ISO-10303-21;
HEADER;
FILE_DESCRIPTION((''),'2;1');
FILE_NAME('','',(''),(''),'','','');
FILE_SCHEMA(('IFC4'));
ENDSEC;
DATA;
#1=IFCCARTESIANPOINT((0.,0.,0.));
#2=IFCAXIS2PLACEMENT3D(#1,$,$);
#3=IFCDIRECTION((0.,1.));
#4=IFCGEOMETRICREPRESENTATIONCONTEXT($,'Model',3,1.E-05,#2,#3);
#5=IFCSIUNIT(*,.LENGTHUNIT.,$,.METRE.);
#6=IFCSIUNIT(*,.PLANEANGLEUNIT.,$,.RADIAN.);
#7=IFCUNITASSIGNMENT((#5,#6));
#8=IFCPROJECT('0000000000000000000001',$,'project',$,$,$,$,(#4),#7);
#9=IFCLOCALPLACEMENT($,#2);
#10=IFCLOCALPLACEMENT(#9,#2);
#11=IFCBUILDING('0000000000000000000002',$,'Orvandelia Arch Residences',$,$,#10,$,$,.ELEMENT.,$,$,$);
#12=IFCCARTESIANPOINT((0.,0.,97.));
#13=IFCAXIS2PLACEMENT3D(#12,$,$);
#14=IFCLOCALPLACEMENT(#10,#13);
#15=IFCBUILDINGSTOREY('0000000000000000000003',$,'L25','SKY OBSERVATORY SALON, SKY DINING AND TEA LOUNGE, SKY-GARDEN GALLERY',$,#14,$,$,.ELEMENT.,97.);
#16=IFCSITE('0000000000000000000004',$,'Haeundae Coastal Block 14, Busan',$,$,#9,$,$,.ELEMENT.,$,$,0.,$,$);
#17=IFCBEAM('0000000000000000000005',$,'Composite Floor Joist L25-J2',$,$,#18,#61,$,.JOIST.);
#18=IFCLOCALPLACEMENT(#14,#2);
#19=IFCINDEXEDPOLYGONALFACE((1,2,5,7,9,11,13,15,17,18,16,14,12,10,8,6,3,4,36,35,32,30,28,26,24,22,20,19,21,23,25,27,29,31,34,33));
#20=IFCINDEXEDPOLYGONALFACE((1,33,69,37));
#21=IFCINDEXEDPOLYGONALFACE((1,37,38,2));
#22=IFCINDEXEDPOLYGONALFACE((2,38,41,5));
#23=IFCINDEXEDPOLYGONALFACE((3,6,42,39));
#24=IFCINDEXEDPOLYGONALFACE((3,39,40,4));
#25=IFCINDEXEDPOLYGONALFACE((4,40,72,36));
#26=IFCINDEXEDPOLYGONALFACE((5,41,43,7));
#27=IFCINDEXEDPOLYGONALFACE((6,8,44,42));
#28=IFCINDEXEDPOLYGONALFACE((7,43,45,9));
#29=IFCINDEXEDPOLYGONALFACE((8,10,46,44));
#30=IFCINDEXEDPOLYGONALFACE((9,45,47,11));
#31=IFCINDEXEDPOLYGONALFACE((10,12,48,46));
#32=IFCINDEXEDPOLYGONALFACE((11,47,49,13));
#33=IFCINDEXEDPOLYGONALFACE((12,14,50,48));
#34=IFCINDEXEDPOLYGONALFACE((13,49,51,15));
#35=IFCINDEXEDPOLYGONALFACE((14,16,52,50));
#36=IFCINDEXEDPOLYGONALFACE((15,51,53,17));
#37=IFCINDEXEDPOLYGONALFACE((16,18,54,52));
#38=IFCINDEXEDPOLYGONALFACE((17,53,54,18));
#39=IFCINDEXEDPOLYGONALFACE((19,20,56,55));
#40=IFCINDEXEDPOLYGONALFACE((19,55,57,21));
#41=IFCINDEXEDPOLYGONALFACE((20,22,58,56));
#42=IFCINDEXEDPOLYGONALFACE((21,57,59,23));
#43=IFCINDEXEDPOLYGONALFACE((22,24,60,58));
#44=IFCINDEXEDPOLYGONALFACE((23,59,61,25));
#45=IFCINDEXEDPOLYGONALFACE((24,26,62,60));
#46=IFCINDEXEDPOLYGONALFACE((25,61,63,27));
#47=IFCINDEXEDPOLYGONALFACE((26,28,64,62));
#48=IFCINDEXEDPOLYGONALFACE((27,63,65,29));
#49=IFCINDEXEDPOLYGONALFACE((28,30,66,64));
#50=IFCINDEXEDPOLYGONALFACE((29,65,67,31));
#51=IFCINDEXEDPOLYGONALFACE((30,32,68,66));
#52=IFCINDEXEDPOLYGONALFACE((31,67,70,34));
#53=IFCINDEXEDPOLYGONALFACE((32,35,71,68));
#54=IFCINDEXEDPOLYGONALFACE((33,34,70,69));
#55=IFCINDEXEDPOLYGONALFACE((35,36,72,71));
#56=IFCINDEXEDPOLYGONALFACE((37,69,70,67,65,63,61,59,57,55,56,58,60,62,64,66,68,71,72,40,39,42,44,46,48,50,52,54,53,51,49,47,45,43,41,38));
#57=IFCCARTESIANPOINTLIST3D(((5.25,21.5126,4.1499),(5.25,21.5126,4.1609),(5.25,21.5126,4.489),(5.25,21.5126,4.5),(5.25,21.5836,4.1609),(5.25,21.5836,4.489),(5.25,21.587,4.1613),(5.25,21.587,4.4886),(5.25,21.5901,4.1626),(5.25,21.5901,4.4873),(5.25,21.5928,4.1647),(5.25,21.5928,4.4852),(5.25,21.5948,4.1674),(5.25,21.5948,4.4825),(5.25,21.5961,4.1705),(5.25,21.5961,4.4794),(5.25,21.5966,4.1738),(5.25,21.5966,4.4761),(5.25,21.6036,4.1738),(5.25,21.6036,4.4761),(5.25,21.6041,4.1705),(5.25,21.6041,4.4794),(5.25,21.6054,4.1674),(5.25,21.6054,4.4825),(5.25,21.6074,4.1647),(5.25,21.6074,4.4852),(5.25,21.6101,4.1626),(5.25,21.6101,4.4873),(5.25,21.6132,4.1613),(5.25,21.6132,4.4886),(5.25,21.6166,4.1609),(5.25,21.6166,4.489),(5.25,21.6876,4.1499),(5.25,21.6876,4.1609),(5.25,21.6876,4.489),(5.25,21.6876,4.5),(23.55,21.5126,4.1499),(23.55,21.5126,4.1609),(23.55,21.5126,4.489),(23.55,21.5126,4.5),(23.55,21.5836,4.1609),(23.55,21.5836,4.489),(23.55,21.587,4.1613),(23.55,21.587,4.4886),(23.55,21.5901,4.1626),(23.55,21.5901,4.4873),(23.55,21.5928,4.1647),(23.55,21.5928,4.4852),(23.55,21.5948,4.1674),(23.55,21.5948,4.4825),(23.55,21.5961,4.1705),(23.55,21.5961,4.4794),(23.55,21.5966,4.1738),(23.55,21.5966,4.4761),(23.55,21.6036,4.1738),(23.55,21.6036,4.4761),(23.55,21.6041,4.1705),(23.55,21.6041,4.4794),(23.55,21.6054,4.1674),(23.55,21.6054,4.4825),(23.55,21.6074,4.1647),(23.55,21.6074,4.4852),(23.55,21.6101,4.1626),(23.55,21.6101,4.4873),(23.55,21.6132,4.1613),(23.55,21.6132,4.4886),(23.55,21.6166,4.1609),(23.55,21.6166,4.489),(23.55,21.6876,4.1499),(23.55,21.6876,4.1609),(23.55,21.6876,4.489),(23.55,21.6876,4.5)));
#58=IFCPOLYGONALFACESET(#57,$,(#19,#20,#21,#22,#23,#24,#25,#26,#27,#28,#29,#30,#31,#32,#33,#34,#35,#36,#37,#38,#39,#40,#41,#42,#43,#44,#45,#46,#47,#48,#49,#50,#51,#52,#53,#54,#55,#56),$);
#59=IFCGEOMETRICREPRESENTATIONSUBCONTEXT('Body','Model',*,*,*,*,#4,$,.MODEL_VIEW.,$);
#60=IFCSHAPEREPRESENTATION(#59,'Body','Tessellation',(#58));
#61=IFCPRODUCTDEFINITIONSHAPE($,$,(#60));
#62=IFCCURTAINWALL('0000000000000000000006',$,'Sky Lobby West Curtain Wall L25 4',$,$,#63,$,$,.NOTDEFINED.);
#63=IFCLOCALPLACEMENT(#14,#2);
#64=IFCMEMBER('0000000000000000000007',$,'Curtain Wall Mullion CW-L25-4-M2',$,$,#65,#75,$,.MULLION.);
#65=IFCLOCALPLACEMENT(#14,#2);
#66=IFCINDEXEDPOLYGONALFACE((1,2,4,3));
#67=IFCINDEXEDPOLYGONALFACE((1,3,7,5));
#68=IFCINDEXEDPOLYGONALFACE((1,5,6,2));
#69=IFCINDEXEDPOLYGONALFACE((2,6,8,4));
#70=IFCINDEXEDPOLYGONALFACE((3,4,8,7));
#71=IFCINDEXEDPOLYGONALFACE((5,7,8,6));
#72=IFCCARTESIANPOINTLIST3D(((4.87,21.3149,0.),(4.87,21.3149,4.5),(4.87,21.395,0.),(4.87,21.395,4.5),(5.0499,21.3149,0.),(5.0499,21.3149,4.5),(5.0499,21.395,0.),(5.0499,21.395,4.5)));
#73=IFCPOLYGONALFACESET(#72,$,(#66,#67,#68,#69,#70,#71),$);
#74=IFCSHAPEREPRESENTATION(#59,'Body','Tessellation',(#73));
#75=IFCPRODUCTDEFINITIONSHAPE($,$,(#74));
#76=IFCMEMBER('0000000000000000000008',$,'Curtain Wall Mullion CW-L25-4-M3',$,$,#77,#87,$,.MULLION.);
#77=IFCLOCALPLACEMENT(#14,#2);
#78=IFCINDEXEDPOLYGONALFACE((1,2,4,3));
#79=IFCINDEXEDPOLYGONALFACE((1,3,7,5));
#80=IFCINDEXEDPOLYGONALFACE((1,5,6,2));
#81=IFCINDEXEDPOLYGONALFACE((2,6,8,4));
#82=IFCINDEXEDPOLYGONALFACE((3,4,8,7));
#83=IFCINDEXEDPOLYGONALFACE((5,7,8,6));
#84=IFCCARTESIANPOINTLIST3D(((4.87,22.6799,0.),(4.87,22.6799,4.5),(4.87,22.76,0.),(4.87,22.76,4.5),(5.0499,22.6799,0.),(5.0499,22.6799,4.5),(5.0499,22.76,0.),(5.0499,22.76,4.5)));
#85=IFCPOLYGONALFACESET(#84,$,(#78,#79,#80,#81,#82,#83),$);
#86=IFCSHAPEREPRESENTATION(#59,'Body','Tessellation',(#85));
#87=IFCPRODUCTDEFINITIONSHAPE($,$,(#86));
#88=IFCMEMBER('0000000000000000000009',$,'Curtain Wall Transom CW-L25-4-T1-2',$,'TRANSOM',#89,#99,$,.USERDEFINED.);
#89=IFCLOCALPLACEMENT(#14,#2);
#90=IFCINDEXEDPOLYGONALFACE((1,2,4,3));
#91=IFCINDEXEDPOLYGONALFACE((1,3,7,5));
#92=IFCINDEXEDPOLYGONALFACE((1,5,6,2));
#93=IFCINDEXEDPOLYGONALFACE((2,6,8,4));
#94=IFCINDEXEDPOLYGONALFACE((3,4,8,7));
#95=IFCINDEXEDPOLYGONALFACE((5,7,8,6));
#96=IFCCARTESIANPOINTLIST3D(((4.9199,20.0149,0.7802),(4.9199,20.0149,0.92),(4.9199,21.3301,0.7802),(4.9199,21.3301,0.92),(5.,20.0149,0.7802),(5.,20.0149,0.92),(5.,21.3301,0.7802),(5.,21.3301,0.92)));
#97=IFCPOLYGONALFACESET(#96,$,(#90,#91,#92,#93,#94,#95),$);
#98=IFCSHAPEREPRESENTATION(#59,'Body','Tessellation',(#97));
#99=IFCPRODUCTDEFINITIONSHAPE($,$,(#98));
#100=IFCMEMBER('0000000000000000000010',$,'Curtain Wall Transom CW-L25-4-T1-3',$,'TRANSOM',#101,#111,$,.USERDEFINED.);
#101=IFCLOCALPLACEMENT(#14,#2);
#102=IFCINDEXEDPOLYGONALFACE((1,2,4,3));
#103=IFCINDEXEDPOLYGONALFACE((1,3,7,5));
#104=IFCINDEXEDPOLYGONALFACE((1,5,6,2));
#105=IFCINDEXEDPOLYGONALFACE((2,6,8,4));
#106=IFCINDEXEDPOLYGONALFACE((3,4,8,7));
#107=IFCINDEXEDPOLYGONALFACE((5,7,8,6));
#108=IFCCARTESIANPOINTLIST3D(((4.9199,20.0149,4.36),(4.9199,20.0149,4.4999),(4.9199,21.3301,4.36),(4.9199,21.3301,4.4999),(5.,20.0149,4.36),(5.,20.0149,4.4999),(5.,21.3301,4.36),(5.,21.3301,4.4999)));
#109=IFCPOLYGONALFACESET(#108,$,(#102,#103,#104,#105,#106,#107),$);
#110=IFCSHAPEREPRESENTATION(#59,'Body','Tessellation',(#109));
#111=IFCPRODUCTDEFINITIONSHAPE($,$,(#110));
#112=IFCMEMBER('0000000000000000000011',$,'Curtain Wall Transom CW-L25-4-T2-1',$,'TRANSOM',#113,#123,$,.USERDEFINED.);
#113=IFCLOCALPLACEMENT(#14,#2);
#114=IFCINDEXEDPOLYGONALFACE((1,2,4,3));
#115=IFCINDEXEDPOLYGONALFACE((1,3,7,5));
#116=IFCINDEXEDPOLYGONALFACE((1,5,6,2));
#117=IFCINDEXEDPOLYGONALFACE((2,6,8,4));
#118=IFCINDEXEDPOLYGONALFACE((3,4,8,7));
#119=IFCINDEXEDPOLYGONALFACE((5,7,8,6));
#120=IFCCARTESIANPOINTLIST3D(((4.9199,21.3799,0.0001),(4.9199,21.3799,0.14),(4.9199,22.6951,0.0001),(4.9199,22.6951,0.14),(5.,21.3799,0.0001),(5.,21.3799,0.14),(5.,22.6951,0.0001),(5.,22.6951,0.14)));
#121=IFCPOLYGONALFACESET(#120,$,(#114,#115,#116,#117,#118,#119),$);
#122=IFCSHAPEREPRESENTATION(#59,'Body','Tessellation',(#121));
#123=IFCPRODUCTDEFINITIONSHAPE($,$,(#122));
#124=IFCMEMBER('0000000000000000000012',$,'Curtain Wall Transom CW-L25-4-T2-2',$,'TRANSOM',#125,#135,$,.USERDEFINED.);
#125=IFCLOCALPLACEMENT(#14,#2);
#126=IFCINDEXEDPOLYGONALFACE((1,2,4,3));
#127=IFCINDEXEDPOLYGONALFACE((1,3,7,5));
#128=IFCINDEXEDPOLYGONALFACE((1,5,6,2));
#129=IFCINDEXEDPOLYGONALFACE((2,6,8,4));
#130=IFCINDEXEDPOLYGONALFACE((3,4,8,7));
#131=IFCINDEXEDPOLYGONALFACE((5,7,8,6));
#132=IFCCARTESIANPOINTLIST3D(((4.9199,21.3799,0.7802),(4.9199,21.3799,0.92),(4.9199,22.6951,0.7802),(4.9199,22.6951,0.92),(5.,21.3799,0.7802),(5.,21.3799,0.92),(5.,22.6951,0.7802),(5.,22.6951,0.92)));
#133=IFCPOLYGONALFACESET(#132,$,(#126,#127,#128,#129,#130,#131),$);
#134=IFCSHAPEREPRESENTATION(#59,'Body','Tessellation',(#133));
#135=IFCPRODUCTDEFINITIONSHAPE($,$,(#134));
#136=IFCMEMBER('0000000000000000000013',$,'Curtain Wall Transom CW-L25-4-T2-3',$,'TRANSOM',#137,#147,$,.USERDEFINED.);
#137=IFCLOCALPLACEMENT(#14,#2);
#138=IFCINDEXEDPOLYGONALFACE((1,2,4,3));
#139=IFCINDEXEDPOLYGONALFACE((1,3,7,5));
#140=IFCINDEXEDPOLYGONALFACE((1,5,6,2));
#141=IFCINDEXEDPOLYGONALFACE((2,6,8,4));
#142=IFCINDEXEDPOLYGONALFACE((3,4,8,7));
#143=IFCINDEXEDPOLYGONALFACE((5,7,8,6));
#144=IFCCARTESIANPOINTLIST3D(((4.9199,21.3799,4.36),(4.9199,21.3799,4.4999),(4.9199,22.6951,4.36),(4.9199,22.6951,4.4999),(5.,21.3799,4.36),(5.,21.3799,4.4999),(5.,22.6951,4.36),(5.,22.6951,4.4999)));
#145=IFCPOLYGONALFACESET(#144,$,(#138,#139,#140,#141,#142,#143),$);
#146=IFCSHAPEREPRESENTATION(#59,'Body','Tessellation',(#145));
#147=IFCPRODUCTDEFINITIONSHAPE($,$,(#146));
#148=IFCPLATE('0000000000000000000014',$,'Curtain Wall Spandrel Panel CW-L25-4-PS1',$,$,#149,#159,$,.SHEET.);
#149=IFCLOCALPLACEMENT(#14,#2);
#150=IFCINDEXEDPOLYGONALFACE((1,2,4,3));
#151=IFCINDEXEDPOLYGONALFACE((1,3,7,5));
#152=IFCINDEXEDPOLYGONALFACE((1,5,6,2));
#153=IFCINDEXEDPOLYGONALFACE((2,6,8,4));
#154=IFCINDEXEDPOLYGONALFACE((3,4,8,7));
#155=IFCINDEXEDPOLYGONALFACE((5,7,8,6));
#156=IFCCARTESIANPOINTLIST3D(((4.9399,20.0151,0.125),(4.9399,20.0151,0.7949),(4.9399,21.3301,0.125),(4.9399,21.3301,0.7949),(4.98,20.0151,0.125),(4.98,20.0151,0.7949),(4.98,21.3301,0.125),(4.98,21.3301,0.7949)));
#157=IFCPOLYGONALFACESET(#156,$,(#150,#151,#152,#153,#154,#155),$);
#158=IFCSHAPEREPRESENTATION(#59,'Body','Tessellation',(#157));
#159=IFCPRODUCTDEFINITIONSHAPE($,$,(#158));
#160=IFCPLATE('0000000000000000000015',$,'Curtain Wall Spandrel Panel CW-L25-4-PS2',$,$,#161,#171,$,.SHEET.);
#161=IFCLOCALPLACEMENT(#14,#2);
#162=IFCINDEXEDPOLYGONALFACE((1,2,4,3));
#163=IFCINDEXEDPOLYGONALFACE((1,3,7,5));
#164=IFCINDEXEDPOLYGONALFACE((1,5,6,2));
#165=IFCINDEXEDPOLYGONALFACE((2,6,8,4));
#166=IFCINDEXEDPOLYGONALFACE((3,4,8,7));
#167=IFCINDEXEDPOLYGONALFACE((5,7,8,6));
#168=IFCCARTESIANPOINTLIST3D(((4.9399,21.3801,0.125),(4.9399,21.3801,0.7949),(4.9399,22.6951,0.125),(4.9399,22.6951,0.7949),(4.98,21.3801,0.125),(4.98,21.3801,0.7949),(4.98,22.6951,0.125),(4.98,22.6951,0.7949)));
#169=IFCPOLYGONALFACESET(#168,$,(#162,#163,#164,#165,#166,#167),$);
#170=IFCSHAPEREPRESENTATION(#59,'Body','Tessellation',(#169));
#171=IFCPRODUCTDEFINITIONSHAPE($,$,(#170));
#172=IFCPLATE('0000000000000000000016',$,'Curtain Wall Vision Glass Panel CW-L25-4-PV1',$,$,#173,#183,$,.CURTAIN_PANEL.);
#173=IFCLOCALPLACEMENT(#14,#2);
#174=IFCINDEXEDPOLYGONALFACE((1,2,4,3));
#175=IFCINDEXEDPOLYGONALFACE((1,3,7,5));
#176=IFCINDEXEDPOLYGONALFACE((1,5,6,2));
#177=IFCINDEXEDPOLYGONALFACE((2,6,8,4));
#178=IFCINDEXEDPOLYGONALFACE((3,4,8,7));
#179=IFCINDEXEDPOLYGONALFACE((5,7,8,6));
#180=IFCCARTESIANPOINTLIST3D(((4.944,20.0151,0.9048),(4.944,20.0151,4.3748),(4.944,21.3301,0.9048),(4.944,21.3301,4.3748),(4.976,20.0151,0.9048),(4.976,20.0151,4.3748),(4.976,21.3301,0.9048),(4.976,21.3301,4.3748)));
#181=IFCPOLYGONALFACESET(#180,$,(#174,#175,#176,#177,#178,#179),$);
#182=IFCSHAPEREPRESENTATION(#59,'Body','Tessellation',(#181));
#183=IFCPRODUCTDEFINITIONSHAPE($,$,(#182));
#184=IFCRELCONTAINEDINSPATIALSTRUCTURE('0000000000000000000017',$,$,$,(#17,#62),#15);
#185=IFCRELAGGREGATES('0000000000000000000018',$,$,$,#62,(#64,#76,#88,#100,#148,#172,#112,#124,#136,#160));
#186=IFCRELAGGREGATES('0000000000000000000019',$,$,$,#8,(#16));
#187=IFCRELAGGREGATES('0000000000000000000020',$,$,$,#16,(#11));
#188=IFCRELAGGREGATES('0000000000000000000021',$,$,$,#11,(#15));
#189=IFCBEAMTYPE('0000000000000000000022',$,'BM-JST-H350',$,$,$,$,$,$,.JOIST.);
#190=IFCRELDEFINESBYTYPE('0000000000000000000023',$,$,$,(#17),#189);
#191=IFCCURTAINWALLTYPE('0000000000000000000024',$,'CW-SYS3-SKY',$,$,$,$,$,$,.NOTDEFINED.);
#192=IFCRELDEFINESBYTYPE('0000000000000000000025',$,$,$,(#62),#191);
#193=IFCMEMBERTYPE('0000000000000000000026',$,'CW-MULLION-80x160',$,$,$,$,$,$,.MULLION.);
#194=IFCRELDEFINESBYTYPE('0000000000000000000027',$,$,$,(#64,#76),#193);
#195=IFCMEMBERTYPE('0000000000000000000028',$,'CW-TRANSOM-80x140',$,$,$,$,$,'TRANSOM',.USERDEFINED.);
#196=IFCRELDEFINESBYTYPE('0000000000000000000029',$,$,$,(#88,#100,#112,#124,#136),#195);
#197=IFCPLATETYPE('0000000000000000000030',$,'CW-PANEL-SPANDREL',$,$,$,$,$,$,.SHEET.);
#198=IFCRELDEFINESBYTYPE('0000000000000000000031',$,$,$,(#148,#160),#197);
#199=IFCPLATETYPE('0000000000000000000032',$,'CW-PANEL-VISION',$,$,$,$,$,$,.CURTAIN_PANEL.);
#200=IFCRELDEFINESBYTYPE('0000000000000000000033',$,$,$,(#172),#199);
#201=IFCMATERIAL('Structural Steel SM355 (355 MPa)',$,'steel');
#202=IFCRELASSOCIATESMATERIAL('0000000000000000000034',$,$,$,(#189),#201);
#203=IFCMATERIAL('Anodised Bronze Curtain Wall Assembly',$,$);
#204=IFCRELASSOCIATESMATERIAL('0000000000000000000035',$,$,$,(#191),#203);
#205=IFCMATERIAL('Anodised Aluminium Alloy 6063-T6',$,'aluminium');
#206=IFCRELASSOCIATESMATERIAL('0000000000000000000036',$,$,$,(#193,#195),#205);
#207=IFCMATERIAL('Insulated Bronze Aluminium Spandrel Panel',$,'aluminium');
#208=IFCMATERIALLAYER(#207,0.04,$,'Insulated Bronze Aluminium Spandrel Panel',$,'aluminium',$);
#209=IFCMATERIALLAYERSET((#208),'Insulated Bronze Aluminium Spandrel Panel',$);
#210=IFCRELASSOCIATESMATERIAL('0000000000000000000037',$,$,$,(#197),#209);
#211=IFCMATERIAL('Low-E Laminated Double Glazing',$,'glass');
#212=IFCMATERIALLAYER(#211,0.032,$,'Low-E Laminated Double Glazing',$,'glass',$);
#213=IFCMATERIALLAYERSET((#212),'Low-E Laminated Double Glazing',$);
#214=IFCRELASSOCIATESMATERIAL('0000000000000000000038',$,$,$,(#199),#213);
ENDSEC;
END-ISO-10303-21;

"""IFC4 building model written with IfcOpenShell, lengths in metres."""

from ifc_helpers import new_model, si_unit, direction, frame, origin, origin_2d, place, context, subcontext, project, spatial, rectangle, i_section, extrude, material, layer, layer_set, material_profile, profile_set, type_object, element, aggregate, save


model = new_model("IFC4")

# Units and contexts
model_context = context("Model", 3, precision=1e-05, world=origin(), true_north=direction((0.0, 1.0)))
body_context = subcontext(model_context, "Body", "Model", "MODEL_VIEW")
ifc_project = project(units=[si_unit("LENGTHUNIT", "METRE"), si_unit("PLANEANGLEUNIT", "RADIAN")], contexts=[model_context])

# Site, building, storey
site_placement = place(None, origin())
site = spatial("IfcSite", under=ifc_project, at=site_placement, Name="Haeundae Coastal Block 14, Busan", CompositionType="ELEMENT", RefElevation=0.0)
building_placement = place(site_placement, origin())
building = spatial("IfcBuilding", under=site, at=building_placement, Name="Orvandelia Arch Residences", CompositionType="ELEMENT")
storey_placement = place(building_placement, frame((0.0, 0.0, 97.0)))
storey = spatial("IfcBuildingStorey", under=building, at=storey_placement, Name="L25", Description="SKY OBSERVATORY SALON, SKY DINING AND TEA LOUNGE, SKY-GARDEN GALLERY", CompositionType="ELEMENT", Elevation=97.0)

# Beam
ifc_material_1 = material(Name="Structural Steel SM355 (355 MPa)", Category="steel")
ifc_material_profile_1 = material_profile(ifc_material_1, i_section(OverallWidth=0.175, OverallDepth=0.3501, WebThickness=0.0071, FlangeThickness=0.011, FilletRadius=0.0129, at=origin_2d()), Name="Structural Steel SM355 (355 MPa)", Category="steel")
ifc_profile_set_1 = profile_set([ifc_material_profile_1], Name="Structural Steel SM355 (355 MPa)")
beam_type_1 = type_object("IfcBeamType", Name="BM-JST-H350", PredefinedType="JOIST", material=ifc_profile_set_1)
beam_1_placement = place(storey_placement, frame((5.25, 21.6001, 4.325), z_axis=(1.0, 0.0, 0.0), x_axis=(0.0, 1.0, 0.0)))
element("IfcBeam", 1, at=beam_1_placement, inside=storey, type_object=beam_type_1, Name="Composite Floor Joist L25-J2", PredefinedType="JOIST", context=body_context, shape_type="SweptSolid", body=[
    extrude(i_section(OverallWidth=0.175, OverallDepth=0.3501, WebThickness=0.0071, FlangeThickness=0.011, FilletRadius=0.0129, at=origin_2d()), origin(), (0.0, 0.0, 1.0), 18.3),
])

# Curtain wall, members, plates
ifc_material_2 = material(Name="Anodised Bronze Curtain Wall Assembly")
curtain_wall_type = type_object("IfcCurtainWallType", Name="CW-SYS3-SKY", PredefinedType="NOTDEFINED", material=ifc_material_2)
curtain_wall_placement = place(storey_placement, origin())
curtain_wall = element("IfcCurtainWall", 2, at=curtain_wall_placement, inside=storey, type_object=curtain_wall_type, Name="Sky Lobby West Curtain Wall L25 4", PredefinedType="NOTDEFINED")
ifc_material_3 = material(Name="Anodised Aluminium Alloy 6063-T6", Category="aluminium")
ifc_material_profile_2 = material_profile(ifc_material_3, rectangle(XDim=0.0801, YDim=0.1799, at=origin_2d()), Name="Anodised Aluminium Alloy 6063-T6", Category="aluminium")
ifc_profile_set_2 = profile_set([ifc_material_profile_2], Name="Anodised Aluminium Alloy 6063-T6")
member_type_1 = type_object("IfcMemberType", Name="CW-MULLION-80x160", PredefinedType="MULLION", material=ifc_profile_set_2)
member_1_placement = place(storey_placement, frame((4.96, 21.355, 0.0), z_axis=(0.0, 0.0, 1.0), x_axis=(0.0, 1.0, 0.0)))
member_1 = element("IfcMember", 3, at=member_1_placement, type_object=member_type_1, Name="Curtain Wall Mullion CW-L25-4-M2", PredefinedType="MULLION", context=body_context, shape_type="SweptSolid", body=[
    extrude(rectangle(XDim=0.0801, YDim=0.1799, at=origin_2d()), origin(), (0.0, 0.0, 1.0), 4.5),
])
member_2_placement = place(storey_placement, frame((4.96, 22.72, 0.0), z_axis=(0.0, 0.0, 1.0), x_axis=(0.0, 1.0, 0.0)))
member_2 = element("IfcMember", 4, at=member_2_placement, type_object=member_type_1, Name="Curtain Wall Mullion CW-L25-4-M3", PredefinedType="MULLION", context=body_context, shape_type="SweptSolid", body=[
    extrude(rectangle(XDim=0.0801, YDim=0.1799, at=origin_2d()), origin(), (0.0, 0.0, 1.0), 4.5),
])
ifc_material_profile_3 = material_profile(ifc_material_3, rectangle(XDim=0.0801, YDim=0.1399, at=origin_2d()), Name="Anodised Aluminium Alloy 6063-T6", Category="aluminium")
ifc_profile_set_3 = profile_set([ifc_material_profile_3], Name="Anodised Aluminium Alloy 6063-T6")
member_type_2 = type_object("IfcMemberType", Name="CW-TRANSOM-80x140", ElementType="TRANSOM", PredefinedType="USERDEFINED", material=ifc_profile_set_3)
member_3_placement = place(storey_placement, frame((4.96, 20.0149, 0.8501), z_axis=(0.0, 1.0, 0.0), x_axis=(-1.0, 0.0, 0.0)))
member_3 = element("IfcMember", 5, at=member_3_placement, type_object=member_type_2, Name="Curtain Wall Transom CW-L25-4-T1-2", ObjectType="TRANSOM", PredefinedType="USERDEFINED", context=body_context, shape_type="SweptSolid", body=[
    extrude(rectangle(XDim=0.0801, YDim=0.1399, at=origin_2d()), origin(), (0.0, 0.0, 1.0), 1.3152),
])
member_4_placement = place(storey_placement, frame((4.96, 20.0149, 4.4299), z_axis=(0.0, 1.0, 0.0), x_axis=(-1.0, 0.0, 0.0)))
member_4 = element("IfcMember", 6, at=member_4_placement, type_object=member_type_2, Name="Curtain Wall Transom CW-L25-4-T1-3", ObjectType="TRANSOM", PredefinedType="USERDEFINED", context=body_context, shape_type="SweptSolid", body=[
    extrude(rectangle(XDim=0.0801, YDim=0.1399, at=origin_2d()), origin(), (0.0, 0.0, 1.0), 1.3152),
])
member_5_placement = place(storey_placement, frame((4.96, 21.3799, 0.0701), z_axis=(0.0, 1.0, 0.0), x_axis=(-1.0, 0.0, 0.0)))
member_5 = element("IfcMember", 7, at=member_5_placement, type_object=member_type_2, Name="Curtain Wall Transom CW-L25-4-T2-1", ObjectType="TRANSOM", PredefinedType="USERDEFINED", context=body_context, shape_type="SweptSolid", body=[
    extrude(rectangle(XDim=0.0801, YDim=0.1399, at=origin_2d()), origin(), (0.0, 0.0, 1.0), 1.3152),
])
member_6_placement = place(storey_placement, frame((4.96, 21.3799, 0.8501), z_axis=(0.0, 1.0, 0.0), x_axis=(-1.0, 0.0, 0.0)))
member_6 = element("IfcMember", 8, at=member_6_placement, type_object=member_type_2, Name="Curtain Wall Transom CW-L25-4-T2-2", ObjectType="TRANSOM", PredefinedType="USERDEFINED", context=body_context, shape_type="SweptSolid", body=[
    extrude(rectangle(XDim=0.0801, YDim=0.1399, at=origin_2d()), origin(), (0.0, 0.0, 1.0), 1.3152),
])
member_7_placement = place(storey_placement, frame((4.96, 21.3799, 4.4299), z_axis=(0.0, 1.0, 0.0), x_axis=(-1.0, 0.0, 0.0)))
member_7 = element("IfcMember", 9, at=member_7_placement, type_object=member_type_2, Name="Curtain Wall Transom CW-L25-4-T2-3", ObjectType="TRANSOM", PredefinedType="USERDEFINED", context=body_context, shape_type="SweptSolid", body=[
    extrude(rectangle(XDim=0.0801, YDim=0.1399, at=origin_2d()), origin(), (0.0, 0.0, 1.0), 1.3152),
])
ifc_material_4 = material(Name="Insulated Bronze Aluminium Spandrel Panel", Category="aluminium")
ifc_layer_1 = layer(ifc_material_4, 0.04, Name="Insulated Bronze Aluminium Spandrel Panel", Category="aluminium")
ifc_layer_set_1 = layer_set([ifc_layer_1], Name="Insulated Bronze Aluminium Spandrel Panel")
plate_type_1 = type_object("IfcPlateType", Name="CW-PANEL-SPANDREL", PredefinedType="SHEET", material=ifc_layer_set_1)
plate_1_placement = place(storey_placement, frame((4.96, 20.6726, 0.125), z_axis=(0.0, 0.0, 1.0), x_axis=(0.0, 1.0, 0.0)))
plate_1 = element("IfcPlate", 10, at=plate_1_placement, type_object=plate_type_1, Name="Curtain Wall Spandrel Panel CW-L25-4-PS1", PredefinedType="SHEET", context=body_context, shape_type="SweptSolid", body=[
    extrude(rectangle(XDim=1.3149, YDim=0.04, at=origin_2d()), origin(), (0.0, 0.0, 1.0), 0.6699),
])
plate_2_placement = place(storey_placement, frame((4.96, 22.0376, 0.125), z_axis=(0.0, 0.0, 1.0), x_axis=(0.0, 1.0, 0.0)))
plate_2 = element("IfcPlate", 11, at=plate_2_placement, type_object=plate_type_1, Name="Curtain Wall Spandrel Panel CW-L25-4-PS2", PredefinedType="SHEET", context=body_context, shape_type="SweptSolid", body=[
    extrude(rectangle(XDim=1.3149, YDim=0.04, at=origin_2d()), origin(), (0.0, 0.0, 1.0), 0.6699),
])
ifc_material_5 = material(Name="Low-E Laminated Double Glazing", Category="glass")
ifc_layer_2 = layer(ifc_material_5, 0.032, Name="Low-E Laminated Double Glazing", Category="glass")
ifc_layer_set_2 = layer_set([ifc_layer_2], Name="Low-E Laminated Double Glazing")
plate_type_2 = type_object("IfcPlateType", Name="CW-PANEL-VISION", PredefinedType="CURTAIN_PANEL", material=ifc_layer_set_2)
plate_3_placement = place(storey_placement, frame((4.96, 20.6726, 0.9048), z_axis=(0.0, 0.0, 1.0), x_axis=(0.0, 1.0, 0.0)))
plate_3 = element("IfcPlate", 12, at=plate_3_placement, type_object=plate_type_2, Name="Curtain Wall Vision Glass Panel CW-L25-4-PV1", PredefinedType="CURTAIN_PANEL", context=body_context, shape_type="SweptSolid", body=[
    extrude(rectangle(XDim=1.3149, YDim=0.032, at=origin_2d()), origin(), (0.0, 0.0, 1.0), 3.47),
])
aggregate(curtain_wall, [member_1, member_2, member_3, member_4, plate_1, plate_3, member_5, member_6, member_7, plate_2])

save(model, "model.ifc")
